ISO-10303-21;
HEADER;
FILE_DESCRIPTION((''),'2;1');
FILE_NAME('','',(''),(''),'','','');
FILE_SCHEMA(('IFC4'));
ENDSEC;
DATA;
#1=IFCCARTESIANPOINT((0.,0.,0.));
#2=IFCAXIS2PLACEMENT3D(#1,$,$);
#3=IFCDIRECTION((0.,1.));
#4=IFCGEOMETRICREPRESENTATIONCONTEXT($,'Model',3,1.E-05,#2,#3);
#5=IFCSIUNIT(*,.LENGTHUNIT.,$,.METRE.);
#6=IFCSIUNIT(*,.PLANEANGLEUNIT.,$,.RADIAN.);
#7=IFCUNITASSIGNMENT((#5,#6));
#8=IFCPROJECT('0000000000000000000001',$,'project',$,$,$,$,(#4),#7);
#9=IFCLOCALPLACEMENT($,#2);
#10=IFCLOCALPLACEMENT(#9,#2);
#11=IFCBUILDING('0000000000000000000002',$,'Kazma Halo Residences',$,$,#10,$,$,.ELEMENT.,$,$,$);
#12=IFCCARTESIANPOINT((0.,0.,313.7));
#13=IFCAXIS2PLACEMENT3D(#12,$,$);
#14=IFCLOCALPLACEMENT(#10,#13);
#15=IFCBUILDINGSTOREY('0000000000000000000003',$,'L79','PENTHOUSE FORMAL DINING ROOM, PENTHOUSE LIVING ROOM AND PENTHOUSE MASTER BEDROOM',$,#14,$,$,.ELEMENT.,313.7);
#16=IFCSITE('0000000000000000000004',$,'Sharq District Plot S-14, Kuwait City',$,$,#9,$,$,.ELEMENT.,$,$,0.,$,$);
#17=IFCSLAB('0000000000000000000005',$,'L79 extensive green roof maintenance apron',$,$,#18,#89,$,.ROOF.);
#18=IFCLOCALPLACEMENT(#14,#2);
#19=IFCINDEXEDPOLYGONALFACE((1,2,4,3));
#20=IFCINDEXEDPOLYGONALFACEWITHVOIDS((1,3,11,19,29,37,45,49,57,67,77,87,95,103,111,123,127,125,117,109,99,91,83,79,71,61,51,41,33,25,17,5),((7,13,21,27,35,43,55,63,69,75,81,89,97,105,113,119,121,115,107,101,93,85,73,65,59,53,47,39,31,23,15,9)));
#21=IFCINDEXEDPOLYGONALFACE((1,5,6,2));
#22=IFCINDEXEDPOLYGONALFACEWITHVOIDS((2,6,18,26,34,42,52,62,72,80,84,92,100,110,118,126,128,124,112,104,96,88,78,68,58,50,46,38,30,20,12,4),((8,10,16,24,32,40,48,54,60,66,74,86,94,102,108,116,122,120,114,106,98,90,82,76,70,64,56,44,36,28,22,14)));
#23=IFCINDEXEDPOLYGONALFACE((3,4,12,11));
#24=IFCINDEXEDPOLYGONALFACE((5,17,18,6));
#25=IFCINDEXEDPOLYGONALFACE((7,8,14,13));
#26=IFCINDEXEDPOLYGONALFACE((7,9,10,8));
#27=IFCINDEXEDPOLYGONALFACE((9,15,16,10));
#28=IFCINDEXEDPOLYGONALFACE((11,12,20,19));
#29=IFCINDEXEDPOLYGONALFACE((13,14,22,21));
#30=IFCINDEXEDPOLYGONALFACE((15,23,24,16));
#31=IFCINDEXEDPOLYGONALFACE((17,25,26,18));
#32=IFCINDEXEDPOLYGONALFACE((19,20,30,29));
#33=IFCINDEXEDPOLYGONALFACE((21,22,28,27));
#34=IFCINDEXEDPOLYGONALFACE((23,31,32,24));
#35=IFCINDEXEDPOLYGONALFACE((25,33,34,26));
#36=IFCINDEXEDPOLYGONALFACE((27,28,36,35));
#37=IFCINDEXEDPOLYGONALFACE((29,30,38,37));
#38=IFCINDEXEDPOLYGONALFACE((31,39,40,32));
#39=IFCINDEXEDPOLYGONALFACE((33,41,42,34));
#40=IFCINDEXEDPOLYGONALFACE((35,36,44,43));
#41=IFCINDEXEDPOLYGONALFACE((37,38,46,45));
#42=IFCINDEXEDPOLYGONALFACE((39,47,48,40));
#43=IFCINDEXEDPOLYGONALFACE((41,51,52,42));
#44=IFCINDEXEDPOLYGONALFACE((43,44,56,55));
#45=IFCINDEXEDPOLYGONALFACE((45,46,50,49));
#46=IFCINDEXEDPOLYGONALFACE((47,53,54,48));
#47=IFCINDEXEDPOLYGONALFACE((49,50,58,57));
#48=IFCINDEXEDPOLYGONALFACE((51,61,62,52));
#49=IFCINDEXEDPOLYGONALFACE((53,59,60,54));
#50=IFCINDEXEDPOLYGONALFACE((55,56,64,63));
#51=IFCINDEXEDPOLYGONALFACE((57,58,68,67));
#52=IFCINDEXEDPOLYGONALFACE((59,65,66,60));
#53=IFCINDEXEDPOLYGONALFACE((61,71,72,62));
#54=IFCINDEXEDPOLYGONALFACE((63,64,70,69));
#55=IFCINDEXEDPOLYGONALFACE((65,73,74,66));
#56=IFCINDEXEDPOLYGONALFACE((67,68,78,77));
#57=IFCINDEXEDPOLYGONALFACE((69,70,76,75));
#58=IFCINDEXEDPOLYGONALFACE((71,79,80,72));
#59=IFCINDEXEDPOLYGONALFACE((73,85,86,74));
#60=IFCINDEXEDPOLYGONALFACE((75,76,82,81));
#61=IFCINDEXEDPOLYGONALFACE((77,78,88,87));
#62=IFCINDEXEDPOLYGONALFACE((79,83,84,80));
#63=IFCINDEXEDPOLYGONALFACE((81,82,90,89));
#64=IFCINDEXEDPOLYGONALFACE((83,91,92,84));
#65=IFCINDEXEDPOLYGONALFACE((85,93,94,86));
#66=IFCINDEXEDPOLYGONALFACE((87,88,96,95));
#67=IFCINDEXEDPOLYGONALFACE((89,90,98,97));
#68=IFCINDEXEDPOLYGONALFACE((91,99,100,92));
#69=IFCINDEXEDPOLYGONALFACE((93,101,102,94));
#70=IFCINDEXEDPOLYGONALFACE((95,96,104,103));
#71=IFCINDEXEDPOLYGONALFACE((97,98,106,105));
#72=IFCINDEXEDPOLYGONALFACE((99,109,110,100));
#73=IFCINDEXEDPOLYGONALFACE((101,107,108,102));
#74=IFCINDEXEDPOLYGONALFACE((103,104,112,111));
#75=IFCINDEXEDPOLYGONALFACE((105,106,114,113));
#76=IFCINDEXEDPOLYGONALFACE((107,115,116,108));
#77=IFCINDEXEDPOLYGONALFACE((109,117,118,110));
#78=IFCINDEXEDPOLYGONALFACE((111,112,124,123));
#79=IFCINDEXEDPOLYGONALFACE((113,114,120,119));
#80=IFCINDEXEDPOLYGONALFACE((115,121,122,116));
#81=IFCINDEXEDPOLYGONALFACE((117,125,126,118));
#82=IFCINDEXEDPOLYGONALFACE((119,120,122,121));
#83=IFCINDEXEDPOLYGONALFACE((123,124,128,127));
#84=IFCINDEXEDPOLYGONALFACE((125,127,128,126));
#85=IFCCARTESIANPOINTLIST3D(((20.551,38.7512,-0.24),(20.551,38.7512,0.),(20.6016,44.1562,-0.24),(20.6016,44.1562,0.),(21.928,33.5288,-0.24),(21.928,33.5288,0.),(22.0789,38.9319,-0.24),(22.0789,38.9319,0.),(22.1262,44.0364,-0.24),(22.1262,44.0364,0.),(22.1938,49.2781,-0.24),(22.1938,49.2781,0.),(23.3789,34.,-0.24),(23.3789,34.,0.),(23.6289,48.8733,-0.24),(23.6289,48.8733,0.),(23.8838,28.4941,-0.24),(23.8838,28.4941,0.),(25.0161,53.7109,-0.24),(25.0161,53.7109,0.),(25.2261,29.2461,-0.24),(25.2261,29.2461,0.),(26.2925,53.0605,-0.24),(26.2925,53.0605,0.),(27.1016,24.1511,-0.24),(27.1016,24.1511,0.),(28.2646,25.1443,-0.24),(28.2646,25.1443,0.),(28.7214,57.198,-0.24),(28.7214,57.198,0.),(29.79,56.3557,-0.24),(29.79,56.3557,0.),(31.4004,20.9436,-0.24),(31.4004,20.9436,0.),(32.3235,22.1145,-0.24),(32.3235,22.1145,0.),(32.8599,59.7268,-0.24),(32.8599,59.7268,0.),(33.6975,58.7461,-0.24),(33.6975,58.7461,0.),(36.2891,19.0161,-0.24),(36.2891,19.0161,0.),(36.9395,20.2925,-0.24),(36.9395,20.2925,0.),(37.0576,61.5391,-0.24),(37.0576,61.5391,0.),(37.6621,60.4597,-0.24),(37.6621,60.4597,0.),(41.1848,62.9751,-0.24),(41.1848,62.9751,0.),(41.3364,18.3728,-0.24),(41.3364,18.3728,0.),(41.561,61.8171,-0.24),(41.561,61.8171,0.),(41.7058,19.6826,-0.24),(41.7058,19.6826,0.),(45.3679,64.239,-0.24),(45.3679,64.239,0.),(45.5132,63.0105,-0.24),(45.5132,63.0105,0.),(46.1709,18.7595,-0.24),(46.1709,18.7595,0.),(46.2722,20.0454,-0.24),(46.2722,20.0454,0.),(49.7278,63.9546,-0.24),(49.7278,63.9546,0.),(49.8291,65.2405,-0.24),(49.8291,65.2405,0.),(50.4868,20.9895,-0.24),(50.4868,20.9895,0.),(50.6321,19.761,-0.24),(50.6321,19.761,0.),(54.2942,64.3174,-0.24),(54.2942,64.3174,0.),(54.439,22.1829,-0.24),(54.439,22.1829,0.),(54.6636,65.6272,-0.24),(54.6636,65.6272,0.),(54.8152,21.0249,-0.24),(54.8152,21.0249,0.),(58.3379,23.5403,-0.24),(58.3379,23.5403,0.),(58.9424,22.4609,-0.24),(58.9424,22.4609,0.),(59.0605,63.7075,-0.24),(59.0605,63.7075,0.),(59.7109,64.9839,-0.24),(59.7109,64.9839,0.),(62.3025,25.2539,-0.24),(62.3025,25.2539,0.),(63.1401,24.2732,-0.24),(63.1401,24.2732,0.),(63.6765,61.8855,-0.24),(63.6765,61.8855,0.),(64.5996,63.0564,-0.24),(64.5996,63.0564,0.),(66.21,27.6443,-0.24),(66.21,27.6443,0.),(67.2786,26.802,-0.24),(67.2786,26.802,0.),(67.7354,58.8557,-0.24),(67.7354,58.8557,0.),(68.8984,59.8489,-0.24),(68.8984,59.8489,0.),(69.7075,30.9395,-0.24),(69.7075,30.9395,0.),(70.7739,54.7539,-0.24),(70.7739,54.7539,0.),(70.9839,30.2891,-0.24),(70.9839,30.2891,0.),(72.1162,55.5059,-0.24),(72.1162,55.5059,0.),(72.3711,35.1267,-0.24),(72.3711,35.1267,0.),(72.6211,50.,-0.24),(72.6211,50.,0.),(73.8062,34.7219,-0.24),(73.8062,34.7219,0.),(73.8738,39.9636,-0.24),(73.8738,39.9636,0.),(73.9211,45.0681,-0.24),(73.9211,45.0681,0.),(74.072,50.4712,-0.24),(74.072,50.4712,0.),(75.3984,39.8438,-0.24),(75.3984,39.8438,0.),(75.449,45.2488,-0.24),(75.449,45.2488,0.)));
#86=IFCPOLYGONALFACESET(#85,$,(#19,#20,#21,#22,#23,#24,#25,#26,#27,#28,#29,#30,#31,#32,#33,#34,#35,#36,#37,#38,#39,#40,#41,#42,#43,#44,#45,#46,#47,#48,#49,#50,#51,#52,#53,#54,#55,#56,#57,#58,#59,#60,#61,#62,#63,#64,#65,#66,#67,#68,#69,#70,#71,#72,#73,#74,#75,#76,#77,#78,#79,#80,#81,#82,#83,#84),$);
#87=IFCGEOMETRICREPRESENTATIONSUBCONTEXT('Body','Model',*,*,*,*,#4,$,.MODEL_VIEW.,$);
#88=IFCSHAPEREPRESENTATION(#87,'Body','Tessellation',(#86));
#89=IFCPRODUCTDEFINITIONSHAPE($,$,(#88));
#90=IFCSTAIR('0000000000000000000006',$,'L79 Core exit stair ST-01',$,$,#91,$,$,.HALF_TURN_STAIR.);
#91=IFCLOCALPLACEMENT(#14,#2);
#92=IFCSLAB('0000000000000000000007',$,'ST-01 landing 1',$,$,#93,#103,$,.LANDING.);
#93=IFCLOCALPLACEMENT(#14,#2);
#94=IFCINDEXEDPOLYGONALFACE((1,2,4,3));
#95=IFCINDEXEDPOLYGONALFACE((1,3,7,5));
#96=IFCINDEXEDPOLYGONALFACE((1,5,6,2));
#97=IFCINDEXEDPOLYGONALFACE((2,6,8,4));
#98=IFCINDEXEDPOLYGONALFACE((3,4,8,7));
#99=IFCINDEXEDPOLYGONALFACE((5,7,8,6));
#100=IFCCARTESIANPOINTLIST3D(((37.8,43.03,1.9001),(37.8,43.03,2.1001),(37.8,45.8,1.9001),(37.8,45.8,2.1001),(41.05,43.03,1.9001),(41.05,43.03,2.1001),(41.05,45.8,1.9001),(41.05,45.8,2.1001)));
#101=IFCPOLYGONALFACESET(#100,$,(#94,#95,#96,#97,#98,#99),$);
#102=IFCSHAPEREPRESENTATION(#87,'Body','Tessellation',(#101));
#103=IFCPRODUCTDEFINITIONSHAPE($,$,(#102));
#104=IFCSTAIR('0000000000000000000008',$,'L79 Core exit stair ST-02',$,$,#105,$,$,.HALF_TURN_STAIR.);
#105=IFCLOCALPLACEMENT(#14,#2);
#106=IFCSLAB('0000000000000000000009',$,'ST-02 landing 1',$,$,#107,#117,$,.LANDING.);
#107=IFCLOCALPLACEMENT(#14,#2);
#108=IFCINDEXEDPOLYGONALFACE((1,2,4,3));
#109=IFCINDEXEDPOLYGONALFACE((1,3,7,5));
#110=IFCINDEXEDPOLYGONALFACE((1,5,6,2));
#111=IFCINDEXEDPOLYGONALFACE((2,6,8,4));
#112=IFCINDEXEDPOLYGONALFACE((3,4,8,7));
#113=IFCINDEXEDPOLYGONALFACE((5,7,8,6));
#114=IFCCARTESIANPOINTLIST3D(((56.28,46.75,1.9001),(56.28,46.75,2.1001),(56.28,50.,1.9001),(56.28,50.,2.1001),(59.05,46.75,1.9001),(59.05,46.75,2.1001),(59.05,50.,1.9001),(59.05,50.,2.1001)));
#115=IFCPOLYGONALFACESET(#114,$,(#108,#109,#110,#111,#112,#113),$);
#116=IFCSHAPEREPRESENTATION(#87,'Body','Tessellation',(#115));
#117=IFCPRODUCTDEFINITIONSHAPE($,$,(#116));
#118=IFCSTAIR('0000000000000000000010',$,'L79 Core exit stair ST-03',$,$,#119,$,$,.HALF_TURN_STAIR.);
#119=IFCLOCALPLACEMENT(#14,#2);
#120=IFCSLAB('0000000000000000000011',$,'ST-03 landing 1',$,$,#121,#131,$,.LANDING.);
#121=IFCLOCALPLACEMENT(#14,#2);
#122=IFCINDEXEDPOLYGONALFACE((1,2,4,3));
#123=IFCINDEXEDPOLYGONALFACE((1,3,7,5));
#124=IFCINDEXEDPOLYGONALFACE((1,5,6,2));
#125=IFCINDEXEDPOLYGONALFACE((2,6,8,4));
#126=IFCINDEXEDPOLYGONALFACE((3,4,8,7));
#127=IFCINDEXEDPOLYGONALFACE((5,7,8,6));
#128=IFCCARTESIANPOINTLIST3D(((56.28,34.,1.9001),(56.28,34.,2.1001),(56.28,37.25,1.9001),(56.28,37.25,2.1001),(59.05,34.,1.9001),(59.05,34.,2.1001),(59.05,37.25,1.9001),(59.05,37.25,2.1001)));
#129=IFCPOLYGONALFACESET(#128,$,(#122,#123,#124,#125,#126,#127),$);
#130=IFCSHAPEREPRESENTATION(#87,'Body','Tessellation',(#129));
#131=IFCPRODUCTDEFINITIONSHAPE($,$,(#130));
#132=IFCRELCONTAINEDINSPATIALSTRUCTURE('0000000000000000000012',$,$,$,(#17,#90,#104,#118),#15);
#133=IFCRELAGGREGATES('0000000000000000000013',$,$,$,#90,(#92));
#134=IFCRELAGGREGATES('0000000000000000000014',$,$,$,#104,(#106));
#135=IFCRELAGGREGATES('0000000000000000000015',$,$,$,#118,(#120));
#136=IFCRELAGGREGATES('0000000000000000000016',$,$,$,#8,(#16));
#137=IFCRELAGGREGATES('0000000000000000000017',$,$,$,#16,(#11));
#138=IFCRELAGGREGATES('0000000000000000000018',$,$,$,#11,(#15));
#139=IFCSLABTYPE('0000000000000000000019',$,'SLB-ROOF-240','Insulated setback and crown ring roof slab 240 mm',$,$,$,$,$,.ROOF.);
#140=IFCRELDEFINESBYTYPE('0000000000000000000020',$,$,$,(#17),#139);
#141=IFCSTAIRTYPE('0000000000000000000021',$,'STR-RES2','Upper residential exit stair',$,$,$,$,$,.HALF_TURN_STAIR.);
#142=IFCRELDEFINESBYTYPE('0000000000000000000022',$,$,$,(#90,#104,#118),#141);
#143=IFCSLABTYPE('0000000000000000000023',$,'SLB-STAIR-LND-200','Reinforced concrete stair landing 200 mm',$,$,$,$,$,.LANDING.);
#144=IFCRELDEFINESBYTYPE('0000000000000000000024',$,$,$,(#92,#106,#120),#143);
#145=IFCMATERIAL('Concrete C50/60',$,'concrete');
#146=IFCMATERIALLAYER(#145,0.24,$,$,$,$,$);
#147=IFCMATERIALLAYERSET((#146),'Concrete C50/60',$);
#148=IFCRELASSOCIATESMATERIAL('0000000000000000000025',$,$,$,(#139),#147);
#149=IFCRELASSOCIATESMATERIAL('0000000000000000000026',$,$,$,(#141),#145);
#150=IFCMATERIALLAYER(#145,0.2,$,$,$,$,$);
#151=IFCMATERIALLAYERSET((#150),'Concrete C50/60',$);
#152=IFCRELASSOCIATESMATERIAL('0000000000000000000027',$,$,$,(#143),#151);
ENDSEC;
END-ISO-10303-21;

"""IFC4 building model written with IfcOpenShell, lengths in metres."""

from ifc_helpers import new_model, si_unit, direction, frame, origin, place, context, subcontext, project, spatial, polyline, outline, extrude, material, layer, layer_set, type_object, element, aggregate, save


model = new_model("IFC4")

# Units and contexts
model_context = context("Model", 3, precision=1e-05, world=origin(), true_north=direction((0.0, 1.0)))
body_context = subcontext(model_context, "Body", "Model", "MODEL_VIEW")
ifc_project = project(units=[si_unit("LENGTHUNIT", "METRE"), si_unit("PLANEANGLEUNIT", "RADIAN")], contexts=[model_context])

# Site, building, storey
site_placement = place(None, origin())
site = spatial("IfcSite", under=ifc_project, at=site_placement, Name="Sharq District Plot S-14, Kuwait City", CompositionType="ELEMENT", RefElevation=0.0)
building_placement = place(site_placement, origin())
building = spatial("IfcBuilding", under=site, at=building_placement, Name="Kazma Halo Residences", CompositionType="ELEMENT")
storey_placement = place(building_placement, frame((0.0, 0.0, 313.7)))
storey = spatial("IfcBuildingStorey", under=building, at=storey_placement, Name="L79", Description="PENTHOUSE FORMAL DINING ROOM, PENTHOUSE LIVING ROOM AND PENTHOUSE MASTER BEDROOM", CompositionType="ELEMENT", Elevation=313.7)

# Slab
ifc_material_1 = material(Name="Concrete C50/60", Category="concrete")
ifc_layer_1 = layer(ifc_material_1, 0.24)
ifc_layer_set_1 = layer_set([ifc_layer_1], Name="Concrete C50/60")
slab_type_1 = type_object("IfcSlabType", Name="SLB-ROOF-240", Description="Insulated setback and crown ring roof slab 240 mm", PredefinedType="ROOF", material=ifc_layer_set_1)
slab_1_placement = place(storey_placement, frame((0.0, 0.0, -0.24)))
element("IfcSlab", 1, at=slab_1_placement, inside=storey, type_object=slab_type_1, Name="L79 extensive green roof maintenance apron", PredefinedType="ROOF", context=body_context, shape_type="SweptSolid", body=[
    extrude(outline(polyline([(74.072, 50.4712), (72.1162, 55.5059), (68.8984, 59.8489), (64.5996, 63.0564), (59.7109, 64.9839), (54.6636, 65.6272), (49.8291, 65.2405), (45.3679, 64.239), (41.1848, 62.9751), (37.0576, 61.5391), (32.8599, 59.7268), (28.7214, 57.198), (25.0161, 53.7109), (22.1938, 49.2781), (20.6016, 44.1562), (20.551, 38.7512), (21.928, 33.5288), (23.8838, 28.4941), (27.1016, 24.1511), (31.4004, 20.9436), (36.2891, 19.0161), (41.3364, 18.3728), (46.1709, 18.7595), (50.6321, 19.761), (54.8152, 21.0249), (58.9424, 22.4609), (63.1401, 24.2732), (67.2786, 26.802), (70.9839, 30.2891), (73.8062, 34.7219), (75.3984, 39.8438), (75.449, 45.2488), (74.072, 50.4712)]), holes=[polyline([(72.6211, 50.0), (70.7739, 54.7539), (67.7354, 58.8557), (63.6765, 61.8855), (59.0605, 63.7075), (54.2942, 64.3174), (49.7278, 63.9546), (45.5132, 63.0105), (41.561, 61.8171), (37.6621, 60.4597), (33.6975, 58.7461), (29.79, 56.3557), (26.2925, 53.0605), (23.6289, 48.8733), (22.1262, 44.0364), (22.0789, 38.9319), (23.3789, 34.0), (25.2261, 29.2461), (28.2646, 25.1443), (32.3235, 22.1145), (36.9395, 20.2925), (41.7058, 19.6826), (46.2722, 20.0454), (50.4868, 20.9895), (54.439, 22.1829), (58.3379, 23.5403), (62.3025, 25.2539), (66.21, 27.6443), (69.7075, 30.9395), (72.3711, 35.1267), (73.8738, 39.9636), (73.9211, 45.0681), (72.6211, 50.0)])]), origin(), (0.0, 0.0, 1.0), 0.24),
])

# Stairs, slabs
stair_type = type_object("IfcStairType", Name="STR-RES2", Description="Upper residential exit stair", PredefinedType="HALF_TURN_STAIR", material=ifc_material_1)
stair_1_placement = place(storey_placement, origin())
stair_1 = element("IfcStair", 2, at=stair_1_placement, inside=storey, type_object=stair_type, Name="L79 Core exit stair ST-01", PredefinedType="HALF_TURN_STAIR")
ifc_layer_2 = layer(ifc_material_1, 0.2)
ifc_layer_set_2 = layer_set([ifc_layer_2], Name="Concrete C50/60")
slab_type_2 = type_object("IfcSlabType", Name="SLB-STAIR-LND-200", Description="Reinforced concrete stair landing 200 mm", PredefinedType="LANDING", material=ifc_layer_set_2)
slab_2_placement = place(storey_placement, frame((0.0, 0.0, 1.9001)))
slab_2 = element("IfcSlab", 3, at=slab_2_placement, type_object=slab_type_2, Name="ST-01 landing 1", PredefinedType="LANDING", context=body_context, shape_type="SweptSolid", body=[
    extrude(outline(polyline([(41.05, 43.03), (41.05, 45.8), (37.8, 45.8), (37.8, 43.03), (41.05, 43.03)])), origin(), (0.0, 0.0, 1.0), 0.2),
])
aggregate(stair_1, [slab_2])
stair_2_placement = place(storey_placement, origin())
stair_2 = element("IfcStair", 4, at=stair_2_placement, inside=storey, type_object=stair_type, Name="L79 Core exit stair ST-02", PredefinedType="HALF_TURN_STAIR")
slab_3_placement = place(storey_placement, frame((0.0, 0.0, 1.9001)))
slab_3 = element("IfcSlab", 5, at=slab_3_placement, type_object=slab_type_2, Name="ST-02 landing 1", PredefinedType="LANDING", context=body_context, shape_type="SweptSolid", body=[
    extrude(outline(polyline([(56.28, 46.75), (59.05, 46.75), (59.05, 50.0), (56.28, 50.0), (56.28, 46.75)])), origin(), (0.0, 0.0, 1.0), 0.2),
])
aggregate(stair_2, [slab_3])
stair_3_placement = place(storey_placement, origin())
stair_3 = element("IfcStair", 6, at=stair_3_placement, inside=storey, type_object=stair_type, Name="L79 Core exit stair ST-03", PredefinedType="HALF_TURN_STAIR")
slab_4_placement = place(storey_placement, frame((0.0, 0.0, 1.9001)))
slab_4 = element("IfcSlab", 7, at=slab_4_placement, type_object=slab_type_2, Name="ST-03 landing 1", PredefinedType="LANDING", context=body_context, shape_type="SweptSolid", body=[
    extrude(outline(polyline([(56.28, 34.0), (59.05, 34.0), (59.05, 37.25), (56.28, 37.25), (56.28, 34.0)])), origin(), (0.0, 0.0, 1.0), 0.2),
])
aggregate(stair_3, [slab_4])

save(model, "model.ifc")
